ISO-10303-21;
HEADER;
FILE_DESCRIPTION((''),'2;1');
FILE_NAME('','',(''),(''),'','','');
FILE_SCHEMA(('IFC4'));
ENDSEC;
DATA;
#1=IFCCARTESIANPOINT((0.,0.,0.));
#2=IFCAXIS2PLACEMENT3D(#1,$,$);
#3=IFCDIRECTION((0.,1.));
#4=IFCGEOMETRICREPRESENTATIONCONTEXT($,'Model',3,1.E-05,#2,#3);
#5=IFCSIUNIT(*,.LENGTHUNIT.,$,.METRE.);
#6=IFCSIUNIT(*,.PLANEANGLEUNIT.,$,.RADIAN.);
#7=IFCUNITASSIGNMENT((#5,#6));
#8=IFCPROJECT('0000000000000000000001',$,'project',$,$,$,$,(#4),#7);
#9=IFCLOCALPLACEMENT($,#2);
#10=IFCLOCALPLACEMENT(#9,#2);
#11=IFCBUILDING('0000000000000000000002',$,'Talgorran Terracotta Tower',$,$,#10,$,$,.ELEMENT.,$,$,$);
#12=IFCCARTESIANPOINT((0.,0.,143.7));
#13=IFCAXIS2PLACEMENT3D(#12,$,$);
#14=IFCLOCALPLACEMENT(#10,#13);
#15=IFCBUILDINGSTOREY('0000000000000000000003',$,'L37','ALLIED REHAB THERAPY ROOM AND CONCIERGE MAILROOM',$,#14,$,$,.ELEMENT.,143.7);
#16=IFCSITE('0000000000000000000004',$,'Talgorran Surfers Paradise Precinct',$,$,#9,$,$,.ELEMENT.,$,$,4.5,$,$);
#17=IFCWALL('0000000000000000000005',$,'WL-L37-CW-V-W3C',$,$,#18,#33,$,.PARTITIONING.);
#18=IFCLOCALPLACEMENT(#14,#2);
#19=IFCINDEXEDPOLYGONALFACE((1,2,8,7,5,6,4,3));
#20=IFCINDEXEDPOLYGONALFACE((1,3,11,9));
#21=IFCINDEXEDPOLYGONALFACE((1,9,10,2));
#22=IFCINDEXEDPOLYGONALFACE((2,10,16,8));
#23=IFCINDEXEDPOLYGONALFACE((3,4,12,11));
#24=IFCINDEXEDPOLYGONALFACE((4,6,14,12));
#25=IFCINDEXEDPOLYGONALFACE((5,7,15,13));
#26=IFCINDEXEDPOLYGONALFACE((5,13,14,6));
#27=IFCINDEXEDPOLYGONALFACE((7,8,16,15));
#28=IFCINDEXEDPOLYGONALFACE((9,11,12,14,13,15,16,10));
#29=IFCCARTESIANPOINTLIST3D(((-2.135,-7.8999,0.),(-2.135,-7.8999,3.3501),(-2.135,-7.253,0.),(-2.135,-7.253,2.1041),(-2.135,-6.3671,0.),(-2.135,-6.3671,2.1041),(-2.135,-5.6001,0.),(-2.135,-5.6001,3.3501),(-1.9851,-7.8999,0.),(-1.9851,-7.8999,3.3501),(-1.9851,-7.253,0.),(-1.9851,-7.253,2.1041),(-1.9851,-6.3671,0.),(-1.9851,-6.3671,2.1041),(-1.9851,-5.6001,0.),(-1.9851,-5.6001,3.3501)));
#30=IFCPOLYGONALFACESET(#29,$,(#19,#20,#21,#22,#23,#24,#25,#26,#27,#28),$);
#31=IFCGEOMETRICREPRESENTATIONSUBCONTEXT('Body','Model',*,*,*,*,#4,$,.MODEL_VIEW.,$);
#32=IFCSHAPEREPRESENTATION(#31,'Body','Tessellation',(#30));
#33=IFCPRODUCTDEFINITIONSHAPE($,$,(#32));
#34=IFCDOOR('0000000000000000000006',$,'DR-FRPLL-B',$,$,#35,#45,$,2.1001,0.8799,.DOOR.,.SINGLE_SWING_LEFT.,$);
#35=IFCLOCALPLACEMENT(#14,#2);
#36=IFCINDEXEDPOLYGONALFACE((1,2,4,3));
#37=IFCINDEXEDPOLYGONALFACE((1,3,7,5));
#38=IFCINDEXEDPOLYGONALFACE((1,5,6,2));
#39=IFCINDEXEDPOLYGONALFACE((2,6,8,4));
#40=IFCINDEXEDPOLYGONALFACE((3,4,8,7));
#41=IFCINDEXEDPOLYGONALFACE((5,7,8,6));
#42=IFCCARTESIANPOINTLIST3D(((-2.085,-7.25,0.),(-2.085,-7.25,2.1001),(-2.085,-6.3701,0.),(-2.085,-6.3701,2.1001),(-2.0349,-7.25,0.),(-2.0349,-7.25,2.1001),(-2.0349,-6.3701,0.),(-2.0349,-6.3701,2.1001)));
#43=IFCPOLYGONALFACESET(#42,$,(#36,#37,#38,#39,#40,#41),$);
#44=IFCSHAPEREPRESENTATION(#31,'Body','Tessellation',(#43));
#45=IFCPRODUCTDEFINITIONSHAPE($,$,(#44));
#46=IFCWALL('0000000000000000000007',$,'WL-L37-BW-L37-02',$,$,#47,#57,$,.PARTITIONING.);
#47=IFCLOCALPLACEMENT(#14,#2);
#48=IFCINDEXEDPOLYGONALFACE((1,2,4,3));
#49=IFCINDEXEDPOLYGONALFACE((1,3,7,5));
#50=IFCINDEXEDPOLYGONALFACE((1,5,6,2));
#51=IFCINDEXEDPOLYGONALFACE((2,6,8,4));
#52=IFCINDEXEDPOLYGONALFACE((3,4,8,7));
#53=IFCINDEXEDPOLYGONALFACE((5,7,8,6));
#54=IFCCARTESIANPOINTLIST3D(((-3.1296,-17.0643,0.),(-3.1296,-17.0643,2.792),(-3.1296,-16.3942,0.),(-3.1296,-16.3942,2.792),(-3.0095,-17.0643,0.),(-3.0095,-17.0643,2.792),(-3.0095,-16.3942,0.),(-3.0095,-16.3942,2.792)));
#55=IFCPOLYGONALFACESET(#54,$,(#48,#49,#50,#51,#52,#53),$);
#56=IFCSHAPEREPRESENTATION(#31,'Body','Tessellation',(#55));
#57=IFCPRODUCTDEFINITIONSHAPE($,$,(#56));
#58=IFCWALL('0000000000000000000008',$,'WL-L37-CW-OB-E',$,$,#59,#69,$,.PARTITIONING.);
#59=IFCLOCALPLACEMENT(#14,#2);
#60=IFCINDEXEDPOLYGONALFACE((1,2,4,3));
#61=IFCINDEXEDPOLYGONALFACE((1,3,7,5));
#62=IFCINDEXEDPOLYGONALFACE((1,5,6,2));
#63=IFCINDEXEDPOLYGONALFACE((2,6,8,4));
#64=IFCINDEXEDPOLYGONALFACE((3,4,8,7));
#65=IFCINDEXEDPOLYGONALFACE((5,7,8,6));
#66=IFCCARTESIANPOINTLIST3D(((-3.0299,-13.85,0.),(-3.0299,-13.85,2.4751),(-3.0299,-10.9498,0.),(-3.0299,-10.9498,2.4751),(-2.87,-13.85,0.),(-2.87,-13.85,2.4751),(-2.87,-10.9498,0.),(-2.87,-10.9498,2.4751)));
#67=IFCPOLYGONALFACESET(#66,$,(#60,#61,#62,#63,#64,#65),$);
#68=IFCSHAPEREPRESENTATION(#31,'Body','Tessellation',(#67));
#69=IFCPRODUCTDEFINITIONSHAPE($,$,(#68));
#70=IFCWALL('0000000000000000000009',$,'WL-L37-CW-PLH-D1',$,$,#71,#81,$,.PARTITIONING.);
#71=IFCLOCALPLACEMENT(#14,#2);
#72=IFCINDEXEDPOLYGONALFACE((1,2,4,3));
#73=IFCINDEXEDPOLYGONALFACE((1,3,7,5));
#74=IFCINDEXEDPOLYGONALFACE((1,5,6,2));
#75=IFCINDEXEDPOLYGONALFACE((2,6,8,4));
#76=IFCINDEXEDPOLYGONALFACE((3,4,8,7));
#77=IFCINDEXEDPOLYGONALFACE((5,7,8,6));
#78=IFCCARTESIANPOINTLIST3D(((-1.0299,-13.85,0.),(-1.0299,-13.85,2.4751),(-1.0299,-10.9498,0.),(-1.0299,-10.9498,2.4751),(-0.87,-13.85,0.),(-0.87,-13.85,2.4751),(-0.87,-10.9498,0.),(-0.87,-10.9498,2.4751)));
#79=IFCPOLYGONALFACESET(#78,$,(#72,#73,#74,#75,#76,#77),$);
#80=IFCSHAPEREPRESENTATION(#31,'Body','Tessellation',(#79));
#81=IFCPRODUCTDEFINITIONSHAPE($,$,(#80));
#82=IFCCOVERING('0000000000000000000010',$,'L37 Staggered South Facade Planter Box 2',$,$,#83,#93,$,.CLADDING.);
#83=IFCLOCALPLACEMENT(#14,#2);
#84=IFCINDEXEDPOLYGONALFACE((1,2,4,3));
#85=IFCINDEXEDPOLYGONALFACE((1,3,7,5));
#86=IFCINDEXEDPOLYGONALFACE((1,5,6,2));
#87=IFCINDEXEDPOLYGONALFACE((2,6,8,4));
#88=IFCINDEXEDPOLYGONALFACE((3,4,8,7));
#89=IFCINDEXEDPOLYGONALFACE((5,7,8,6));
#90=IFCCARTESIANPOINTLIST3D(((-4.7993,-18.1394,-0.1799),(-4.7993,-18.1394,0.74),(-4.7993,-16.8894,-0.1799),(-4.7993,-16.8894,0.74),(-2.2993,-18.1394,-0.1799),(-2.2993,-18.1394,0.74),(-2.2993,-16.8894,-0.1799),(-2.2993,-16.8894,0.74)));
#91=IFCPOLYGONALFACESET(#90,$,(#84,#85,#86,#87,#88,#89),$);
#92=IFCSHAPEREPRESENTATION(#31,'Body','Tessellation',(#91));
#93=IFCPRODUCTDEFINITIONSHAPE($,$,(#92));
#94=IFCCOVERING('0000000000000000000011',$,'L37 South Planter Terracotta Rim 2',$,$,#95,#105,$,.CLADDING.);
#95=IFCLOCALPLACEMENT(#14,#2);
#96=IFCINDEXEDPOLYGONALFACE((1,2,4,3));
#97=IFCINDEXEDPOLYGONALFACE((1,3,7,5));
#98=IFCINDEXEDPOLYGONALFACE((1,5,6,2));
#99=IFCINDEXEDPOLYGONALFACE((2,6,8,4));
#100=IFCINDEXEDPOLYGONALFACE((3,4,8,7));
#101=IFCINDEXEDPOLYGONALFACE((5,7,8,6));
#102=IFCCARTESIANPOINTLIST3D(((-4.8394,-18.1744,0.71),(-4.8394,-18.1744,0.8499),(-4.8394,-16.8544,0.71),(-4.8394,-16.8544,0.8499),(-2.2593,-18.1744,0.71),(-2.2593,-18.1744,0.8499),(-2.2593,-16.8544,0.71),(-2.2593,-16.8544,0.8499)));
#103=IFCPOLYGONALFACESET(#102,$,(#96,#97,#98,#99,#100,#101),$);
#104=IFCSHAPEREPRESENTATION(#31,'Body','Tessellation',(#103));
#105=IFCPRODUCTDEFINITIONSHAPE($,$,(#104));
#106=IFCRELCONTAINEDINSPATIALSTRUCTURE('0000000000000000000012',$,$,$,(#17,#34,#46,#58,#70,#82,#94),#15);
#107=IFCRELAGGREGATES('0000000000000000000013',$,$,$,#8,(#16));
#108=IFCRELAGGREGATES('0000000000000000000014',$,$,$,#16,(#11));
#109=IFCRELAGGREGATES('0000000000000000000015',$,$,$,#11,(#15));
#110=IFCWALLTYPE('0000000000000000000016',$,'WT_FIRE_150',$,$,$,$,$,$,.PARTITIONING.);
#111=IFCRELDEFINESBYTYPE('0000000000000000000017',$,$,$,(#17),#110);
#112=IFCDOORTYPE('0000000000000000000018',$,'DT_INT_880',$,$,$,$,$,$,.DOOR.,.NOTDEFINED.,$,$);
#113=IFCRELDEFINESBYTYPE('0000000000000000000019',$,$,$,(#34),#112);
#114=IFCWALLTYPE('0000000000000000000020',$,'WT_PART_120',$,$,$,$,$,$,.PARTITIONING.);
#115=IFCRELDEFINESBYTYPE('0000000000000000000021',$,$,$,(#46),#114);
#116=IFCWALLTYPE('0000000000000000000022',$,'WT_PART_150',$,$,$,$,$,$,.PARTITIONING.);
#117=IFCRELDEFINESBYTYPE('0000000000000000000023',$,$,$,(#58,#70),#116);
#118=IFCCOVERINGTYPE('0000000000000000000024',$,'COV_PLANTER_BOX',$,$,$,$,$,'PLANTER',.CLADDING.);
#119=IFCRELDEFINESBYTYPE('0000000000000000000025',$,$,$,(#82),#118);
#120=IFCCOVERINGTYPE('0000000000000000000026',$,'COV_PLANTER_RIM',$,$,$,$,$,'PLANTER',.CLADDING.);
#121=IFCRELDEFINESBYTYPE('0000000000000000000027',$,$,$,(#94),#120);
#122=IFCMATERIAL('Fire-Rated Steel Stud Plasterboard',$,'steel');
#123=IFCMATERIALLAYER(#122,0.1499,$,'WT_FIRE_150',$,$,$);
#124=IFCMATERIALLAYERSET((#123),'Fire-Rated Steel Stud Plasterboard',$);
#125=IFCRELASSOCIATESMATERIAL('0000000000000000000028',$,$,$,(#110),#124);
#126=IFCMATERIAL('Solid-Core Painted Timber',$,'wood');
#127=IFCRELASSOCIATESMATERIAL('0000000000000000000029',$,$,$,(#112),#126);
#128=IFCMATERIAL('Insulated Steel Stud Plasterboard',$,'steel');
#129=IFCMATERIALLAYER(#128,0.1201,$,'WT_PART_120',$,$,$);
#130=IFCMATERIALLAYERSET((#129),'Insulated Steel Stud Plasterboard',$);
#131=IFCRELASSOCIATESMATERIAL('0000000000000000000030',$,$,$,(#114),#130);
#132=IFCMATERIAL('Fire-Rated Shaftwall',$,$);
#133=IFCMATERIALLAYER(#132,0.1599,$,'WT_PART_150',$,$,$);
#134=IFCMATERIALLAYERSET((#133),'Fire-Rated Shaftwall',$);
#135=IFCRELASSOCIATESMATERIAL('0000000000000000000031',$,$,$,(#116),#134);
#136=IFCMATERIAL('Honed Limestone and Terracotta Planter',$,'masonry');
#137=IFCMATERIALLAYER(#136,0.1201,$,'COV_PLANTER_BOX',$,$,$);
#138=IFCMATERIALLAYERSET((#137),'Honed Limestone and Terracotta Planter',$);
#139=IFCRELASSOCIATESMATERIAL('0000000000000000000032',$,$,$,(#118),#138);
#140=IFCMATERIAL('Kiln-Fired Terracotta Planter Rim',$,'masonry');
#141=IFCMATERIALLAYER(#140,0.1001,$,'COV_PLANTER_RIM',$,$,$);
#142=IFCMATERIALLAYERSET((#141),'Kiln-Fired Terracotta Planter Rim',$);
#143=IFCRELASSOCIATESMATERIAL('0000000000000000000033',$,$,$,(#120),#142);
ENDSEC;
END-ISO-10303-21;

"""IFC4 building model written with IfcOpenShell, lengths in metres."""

from ifc_helpers import new_model, si_unit, direction, frame, frame_2d, origin, origin_2d, place, context, subcontext, project, spatial, rectangle, extrude, material, layer, layer_set, type_object, element, fill, save


model = new_model("IFC4")

# Units and contexts
model_context = context("Model", 3, precision=1e-05, world=origin(), true_north=direction((0.0, 1.0)))
body_context = subcontext(model_context, "Body", "Model", "MODEL_VIEW")
ifc_project = project(units=[si_unit("LENGTHUNIT", "METRE"), si_unit("PLANEANGLEUNIT", "RADIAN")], contexts=[model_context])

# Site, building, storey
site_placement = place(None, origin())
site = spatial("IfcSite", under=ifc_project, at=site_placement, Name="Talgorran Surfers Paradise Precinct", CompositionType="ELEMENT", RefElevation=4.5)
building_placement = place(site_placement, origin())
building = spatial("IfcBuilding", under=site, at=building_placement, Name="Talgorran Terracotta Tower", CompositionType="ELEMENT")
storey_placement = place(building_placement, frame((0.0, 0.0, 143.7)))
storey = spatial("IfcBuildingStorey", under=building, at=storey_placement, Name="L37", Description="ALLIED REHAB THERAPY ROOM AND CONCIERGE MAILROOM", CompositionType="ELEMENT", Elevation=143.7)

# Shared definitions
ifc_material_1 = material(Name="Fire-Rated Steel Stud Plasterboard", Category="steel")
ifc_layer_1 = layer(ifc_material_1, 0.1499, Name="WT_FIRE_150")
ifc_layer_set_1 = layer_set([ifc_layer_1], Name="Fire-Rated Steel Stud Plasterboard")
wall_type_1 = type_object("IfcWallType", Name="WT_FIRE_150", PredefinedType="PARTITIONING", material=ifc_layer_set_1)

# Wall, opening, door
wall_1_placement = place(storey_placement, frame((-2.0601, -7.8999, 0.0), z_axis=(0.0, 0.0, 1.0), x_axis=(0.0, 1.0, 0.0)))
wall_1 = element("IfcWall", 1, at=wall_1_placement, inside=storey, type_object=wall_type_1, Name="WL-L37-CW-V-W3C", PredefinedType="PARTITIONING", context=body_context, shape_type="SweptSolid", body=[
    extrude(rectangle(XDim=2.2998, YDim=0.1499, at=frame_2d((1.1499, 0.0))), origin(), (0.0, 0.0, 1.0), 3.3501),
])
opening_1_placement = place(wall_1_placement, frame((0.6499, 0.0, 0.0)))
opening_1 = element("IfcOpeningElement", 2, at=opening_1_placement, cuts=wall_1, PredefinedType="OPENING", context=body_context, shape_type="SweptSolid", body=[
    extrude(rectangle(XDim=0.8859, YDim=2.1041, at=frame_2d((0.4399, 1.052))), frame((0.0, 0.085, 0.0), z_axis=(0.0, -1.0, 0.0), x_axis=(1.0, 0.0, 0.0)), (0.0, 0.0, 1.0), 0.1699),
])
ifc_material_2 = material(Name="Solid-Core Painted Timber", Category="wood")
door_type_1 = type_object("IfcDoorType", Name="DT_INT_880", OperationType="NOTDEFINED", PredefinedType="DOOR", material=ifc_material_2)
door_1_placement = place(opening_1_placement, origin())
door_1 = element("IfcDoor", 3, at=door_1_placement, inside=storey, type_object=door_type_1, Name="DR-FRPLL-B", OperationType="SINGLE_SWING_LEFT", OverallHeight=2.1001, OverallWidth=0.8799, PredefinedType="DOOR", context=body_context, shape_type="SweptSolid", body=[
    extrude(rectangle(XDim=0.8799, YDim=2.1001, at=frame_2d((0.4399, 1.05))), frame((0.0, 0.0249, 0.0), z_axis=(0.0, -1.0, 0.0), x_axis=(1.0, 0.0, 0.0)), (0.0, 0.0, 1.0), 0.05),
])
fill(opening_1, door_1)

# Walls
ifc_material_3 = material(Name="Insulated Steel Stud Plasterboard", Category="steel")
ifc_layer_2 = layer(ifc_material_3, 0.1201, Name="WT_PART_120")
ifc_layer_set_2 = layer_set([ifc_layer_2], Name="Insulated Steel Stud Plasterboard")
wall_type_2 = type_object("IfcWallType", Name="WT_PART_120", PredefinedType="PARTITIONING", material=ifc_layer_set_2)
wall_2_placement = place(storey_placement, frame((-3.0696, -16.3943, 0.0), z_axis=(0.0, 0.0, 1.0), x_axis=(0.0, -1.0, 0.0)))
element("IfcWall", 4, at=wall_2_placement, inside=storey, type_object=wall_type_2, Name="WL-L37-BW-L37-02", PredefinedType="PARTITIONING", context=body_context, shape_type="SweptSolid", body=[
    extrude(rectangle(XDim=0.6702, YDim=0.1201, at=frame_2d((0.335, 0.0))), origin(), (0.0, 0.0, 1.0), 2.792),
])
ifc_material_4 = material(Name="Fire-Rated Shaftwall")
ifc_layer_3 = layer(ifc_material_4, 0.1599, Name="WT_PART_150")
ifc_layer_set_3 = layer_set([ifc_layer_3], Name="Fire-Rated Shaftwall")
wall_type_3 = type_object("IfcWallType", Name="WT_PART_150", PredefinedType="PARTITIONING", material=ifc_layer_set_3)
for number, where, z_axis, x_axis, name in (
    (5, (-2.95, -13.8501, 0.0), (0.0, 0.0, 1.0), (0.0, 1.0, 0.0), "WL-L37-CW-OB-E"),
    (6, (-0.95, -13.8501, 0.0), (0.0, 0.0, 1.0), (0.0, 1.0, 0.0), "WL-L37-CW-PLH-D1"),
):
    element("IfcWall", number, at=place(storey_placement, frame(where, z_axis=z_axis, x_axis=x_axis)), inside=storey, type_object=wall_type_3, Name=name, PredefinedType="PARTITIONING", context=body_context, shape_type="SweptSolid", body=[
        extrude(rectangle(XDim=2.9001, YDim=0.1599, at=frame_2d((1.4502, 0.0))), origin(), (0.0, 0.0, 1.0), 2.4751),
    ])

# Coverings
ifc_material_5 = material(Name="Honed Limestone and Terracotta Planter", Category="masonry")
ifc_layer_4 = layer(ifc_material_5, 0.1201, Name="COV_PLANTER_BOX")
ifc_layer_set_4 = layer_set([ifc_layer_4], Name="Honed Limestone and Terracotta Planter")
covering_type_1 = type_object("IfcCoveringType", Name="COV_PLANTER_BOX", ElementType="PLANTER", PredefinedType="CLADDING", material=ifc_layer_set_4)
covering_1_placement = place(storey_placement, frame((-3.5493, -17.5144, -0.1799), z_axis=(0.0, 0.0, 1.0), x_axis=(1.0, 0.0, 0.0)))
element("IfcCovering", 7, at=covering_1_placement, inside=storey, type_object=covering_type_1, Name="L37 Staggered South Facade Planter Box 2", PredefinedType="CLADDING", context=body_context, shape_type="SweptSolid", body=[
    extrude(rectangle(XDim=2.5, YDim=1.25, at=origin_2d()), origin(), (0.0, 0.0, 1.0), 0.9199),
])
ifc_material_6 = material(Name="Kiln-Fired Terracotta Planter Rim", Category="masonry")
ifc_layer_5 = layer(ifc_material_6, 0.1001, Name="COV_PLANTER_RIM")
ifc_layer_set_5 = layer_set([ifc_layer_5], Name="Kiln-Fired Terracotta Planter Rim")
covering_type_2 = type_object("IfcCoveringType", Name="COV_PLANTER_RIM", ElementType="PLANTER", PredefinedType="CLADDING", material=ifc_layer_set_5)
covering_2_placement = place(storey_placement, frame((-3.5493, -17.5144, 0.71), z_axis=(0.0, 0.0, 1.0), x_axis=(1.0, 0.0, 0.0)))
element("IfcCovering", 8, at=covering_2_placement, inside=storey, type_object=covering_type_2, Name="L37 South Planter Terracotta Rim 2", PredefinedType="CLADDING", context=body_context, shape_type="SweptSolid", body=[
    extrude(rectangle(XDim=2.5801, YDim=1.3201, at=origin_2d()), origin(), (0.0, 0.0, 1.0), 0.1399),
])

save(model, "model.ifc")
